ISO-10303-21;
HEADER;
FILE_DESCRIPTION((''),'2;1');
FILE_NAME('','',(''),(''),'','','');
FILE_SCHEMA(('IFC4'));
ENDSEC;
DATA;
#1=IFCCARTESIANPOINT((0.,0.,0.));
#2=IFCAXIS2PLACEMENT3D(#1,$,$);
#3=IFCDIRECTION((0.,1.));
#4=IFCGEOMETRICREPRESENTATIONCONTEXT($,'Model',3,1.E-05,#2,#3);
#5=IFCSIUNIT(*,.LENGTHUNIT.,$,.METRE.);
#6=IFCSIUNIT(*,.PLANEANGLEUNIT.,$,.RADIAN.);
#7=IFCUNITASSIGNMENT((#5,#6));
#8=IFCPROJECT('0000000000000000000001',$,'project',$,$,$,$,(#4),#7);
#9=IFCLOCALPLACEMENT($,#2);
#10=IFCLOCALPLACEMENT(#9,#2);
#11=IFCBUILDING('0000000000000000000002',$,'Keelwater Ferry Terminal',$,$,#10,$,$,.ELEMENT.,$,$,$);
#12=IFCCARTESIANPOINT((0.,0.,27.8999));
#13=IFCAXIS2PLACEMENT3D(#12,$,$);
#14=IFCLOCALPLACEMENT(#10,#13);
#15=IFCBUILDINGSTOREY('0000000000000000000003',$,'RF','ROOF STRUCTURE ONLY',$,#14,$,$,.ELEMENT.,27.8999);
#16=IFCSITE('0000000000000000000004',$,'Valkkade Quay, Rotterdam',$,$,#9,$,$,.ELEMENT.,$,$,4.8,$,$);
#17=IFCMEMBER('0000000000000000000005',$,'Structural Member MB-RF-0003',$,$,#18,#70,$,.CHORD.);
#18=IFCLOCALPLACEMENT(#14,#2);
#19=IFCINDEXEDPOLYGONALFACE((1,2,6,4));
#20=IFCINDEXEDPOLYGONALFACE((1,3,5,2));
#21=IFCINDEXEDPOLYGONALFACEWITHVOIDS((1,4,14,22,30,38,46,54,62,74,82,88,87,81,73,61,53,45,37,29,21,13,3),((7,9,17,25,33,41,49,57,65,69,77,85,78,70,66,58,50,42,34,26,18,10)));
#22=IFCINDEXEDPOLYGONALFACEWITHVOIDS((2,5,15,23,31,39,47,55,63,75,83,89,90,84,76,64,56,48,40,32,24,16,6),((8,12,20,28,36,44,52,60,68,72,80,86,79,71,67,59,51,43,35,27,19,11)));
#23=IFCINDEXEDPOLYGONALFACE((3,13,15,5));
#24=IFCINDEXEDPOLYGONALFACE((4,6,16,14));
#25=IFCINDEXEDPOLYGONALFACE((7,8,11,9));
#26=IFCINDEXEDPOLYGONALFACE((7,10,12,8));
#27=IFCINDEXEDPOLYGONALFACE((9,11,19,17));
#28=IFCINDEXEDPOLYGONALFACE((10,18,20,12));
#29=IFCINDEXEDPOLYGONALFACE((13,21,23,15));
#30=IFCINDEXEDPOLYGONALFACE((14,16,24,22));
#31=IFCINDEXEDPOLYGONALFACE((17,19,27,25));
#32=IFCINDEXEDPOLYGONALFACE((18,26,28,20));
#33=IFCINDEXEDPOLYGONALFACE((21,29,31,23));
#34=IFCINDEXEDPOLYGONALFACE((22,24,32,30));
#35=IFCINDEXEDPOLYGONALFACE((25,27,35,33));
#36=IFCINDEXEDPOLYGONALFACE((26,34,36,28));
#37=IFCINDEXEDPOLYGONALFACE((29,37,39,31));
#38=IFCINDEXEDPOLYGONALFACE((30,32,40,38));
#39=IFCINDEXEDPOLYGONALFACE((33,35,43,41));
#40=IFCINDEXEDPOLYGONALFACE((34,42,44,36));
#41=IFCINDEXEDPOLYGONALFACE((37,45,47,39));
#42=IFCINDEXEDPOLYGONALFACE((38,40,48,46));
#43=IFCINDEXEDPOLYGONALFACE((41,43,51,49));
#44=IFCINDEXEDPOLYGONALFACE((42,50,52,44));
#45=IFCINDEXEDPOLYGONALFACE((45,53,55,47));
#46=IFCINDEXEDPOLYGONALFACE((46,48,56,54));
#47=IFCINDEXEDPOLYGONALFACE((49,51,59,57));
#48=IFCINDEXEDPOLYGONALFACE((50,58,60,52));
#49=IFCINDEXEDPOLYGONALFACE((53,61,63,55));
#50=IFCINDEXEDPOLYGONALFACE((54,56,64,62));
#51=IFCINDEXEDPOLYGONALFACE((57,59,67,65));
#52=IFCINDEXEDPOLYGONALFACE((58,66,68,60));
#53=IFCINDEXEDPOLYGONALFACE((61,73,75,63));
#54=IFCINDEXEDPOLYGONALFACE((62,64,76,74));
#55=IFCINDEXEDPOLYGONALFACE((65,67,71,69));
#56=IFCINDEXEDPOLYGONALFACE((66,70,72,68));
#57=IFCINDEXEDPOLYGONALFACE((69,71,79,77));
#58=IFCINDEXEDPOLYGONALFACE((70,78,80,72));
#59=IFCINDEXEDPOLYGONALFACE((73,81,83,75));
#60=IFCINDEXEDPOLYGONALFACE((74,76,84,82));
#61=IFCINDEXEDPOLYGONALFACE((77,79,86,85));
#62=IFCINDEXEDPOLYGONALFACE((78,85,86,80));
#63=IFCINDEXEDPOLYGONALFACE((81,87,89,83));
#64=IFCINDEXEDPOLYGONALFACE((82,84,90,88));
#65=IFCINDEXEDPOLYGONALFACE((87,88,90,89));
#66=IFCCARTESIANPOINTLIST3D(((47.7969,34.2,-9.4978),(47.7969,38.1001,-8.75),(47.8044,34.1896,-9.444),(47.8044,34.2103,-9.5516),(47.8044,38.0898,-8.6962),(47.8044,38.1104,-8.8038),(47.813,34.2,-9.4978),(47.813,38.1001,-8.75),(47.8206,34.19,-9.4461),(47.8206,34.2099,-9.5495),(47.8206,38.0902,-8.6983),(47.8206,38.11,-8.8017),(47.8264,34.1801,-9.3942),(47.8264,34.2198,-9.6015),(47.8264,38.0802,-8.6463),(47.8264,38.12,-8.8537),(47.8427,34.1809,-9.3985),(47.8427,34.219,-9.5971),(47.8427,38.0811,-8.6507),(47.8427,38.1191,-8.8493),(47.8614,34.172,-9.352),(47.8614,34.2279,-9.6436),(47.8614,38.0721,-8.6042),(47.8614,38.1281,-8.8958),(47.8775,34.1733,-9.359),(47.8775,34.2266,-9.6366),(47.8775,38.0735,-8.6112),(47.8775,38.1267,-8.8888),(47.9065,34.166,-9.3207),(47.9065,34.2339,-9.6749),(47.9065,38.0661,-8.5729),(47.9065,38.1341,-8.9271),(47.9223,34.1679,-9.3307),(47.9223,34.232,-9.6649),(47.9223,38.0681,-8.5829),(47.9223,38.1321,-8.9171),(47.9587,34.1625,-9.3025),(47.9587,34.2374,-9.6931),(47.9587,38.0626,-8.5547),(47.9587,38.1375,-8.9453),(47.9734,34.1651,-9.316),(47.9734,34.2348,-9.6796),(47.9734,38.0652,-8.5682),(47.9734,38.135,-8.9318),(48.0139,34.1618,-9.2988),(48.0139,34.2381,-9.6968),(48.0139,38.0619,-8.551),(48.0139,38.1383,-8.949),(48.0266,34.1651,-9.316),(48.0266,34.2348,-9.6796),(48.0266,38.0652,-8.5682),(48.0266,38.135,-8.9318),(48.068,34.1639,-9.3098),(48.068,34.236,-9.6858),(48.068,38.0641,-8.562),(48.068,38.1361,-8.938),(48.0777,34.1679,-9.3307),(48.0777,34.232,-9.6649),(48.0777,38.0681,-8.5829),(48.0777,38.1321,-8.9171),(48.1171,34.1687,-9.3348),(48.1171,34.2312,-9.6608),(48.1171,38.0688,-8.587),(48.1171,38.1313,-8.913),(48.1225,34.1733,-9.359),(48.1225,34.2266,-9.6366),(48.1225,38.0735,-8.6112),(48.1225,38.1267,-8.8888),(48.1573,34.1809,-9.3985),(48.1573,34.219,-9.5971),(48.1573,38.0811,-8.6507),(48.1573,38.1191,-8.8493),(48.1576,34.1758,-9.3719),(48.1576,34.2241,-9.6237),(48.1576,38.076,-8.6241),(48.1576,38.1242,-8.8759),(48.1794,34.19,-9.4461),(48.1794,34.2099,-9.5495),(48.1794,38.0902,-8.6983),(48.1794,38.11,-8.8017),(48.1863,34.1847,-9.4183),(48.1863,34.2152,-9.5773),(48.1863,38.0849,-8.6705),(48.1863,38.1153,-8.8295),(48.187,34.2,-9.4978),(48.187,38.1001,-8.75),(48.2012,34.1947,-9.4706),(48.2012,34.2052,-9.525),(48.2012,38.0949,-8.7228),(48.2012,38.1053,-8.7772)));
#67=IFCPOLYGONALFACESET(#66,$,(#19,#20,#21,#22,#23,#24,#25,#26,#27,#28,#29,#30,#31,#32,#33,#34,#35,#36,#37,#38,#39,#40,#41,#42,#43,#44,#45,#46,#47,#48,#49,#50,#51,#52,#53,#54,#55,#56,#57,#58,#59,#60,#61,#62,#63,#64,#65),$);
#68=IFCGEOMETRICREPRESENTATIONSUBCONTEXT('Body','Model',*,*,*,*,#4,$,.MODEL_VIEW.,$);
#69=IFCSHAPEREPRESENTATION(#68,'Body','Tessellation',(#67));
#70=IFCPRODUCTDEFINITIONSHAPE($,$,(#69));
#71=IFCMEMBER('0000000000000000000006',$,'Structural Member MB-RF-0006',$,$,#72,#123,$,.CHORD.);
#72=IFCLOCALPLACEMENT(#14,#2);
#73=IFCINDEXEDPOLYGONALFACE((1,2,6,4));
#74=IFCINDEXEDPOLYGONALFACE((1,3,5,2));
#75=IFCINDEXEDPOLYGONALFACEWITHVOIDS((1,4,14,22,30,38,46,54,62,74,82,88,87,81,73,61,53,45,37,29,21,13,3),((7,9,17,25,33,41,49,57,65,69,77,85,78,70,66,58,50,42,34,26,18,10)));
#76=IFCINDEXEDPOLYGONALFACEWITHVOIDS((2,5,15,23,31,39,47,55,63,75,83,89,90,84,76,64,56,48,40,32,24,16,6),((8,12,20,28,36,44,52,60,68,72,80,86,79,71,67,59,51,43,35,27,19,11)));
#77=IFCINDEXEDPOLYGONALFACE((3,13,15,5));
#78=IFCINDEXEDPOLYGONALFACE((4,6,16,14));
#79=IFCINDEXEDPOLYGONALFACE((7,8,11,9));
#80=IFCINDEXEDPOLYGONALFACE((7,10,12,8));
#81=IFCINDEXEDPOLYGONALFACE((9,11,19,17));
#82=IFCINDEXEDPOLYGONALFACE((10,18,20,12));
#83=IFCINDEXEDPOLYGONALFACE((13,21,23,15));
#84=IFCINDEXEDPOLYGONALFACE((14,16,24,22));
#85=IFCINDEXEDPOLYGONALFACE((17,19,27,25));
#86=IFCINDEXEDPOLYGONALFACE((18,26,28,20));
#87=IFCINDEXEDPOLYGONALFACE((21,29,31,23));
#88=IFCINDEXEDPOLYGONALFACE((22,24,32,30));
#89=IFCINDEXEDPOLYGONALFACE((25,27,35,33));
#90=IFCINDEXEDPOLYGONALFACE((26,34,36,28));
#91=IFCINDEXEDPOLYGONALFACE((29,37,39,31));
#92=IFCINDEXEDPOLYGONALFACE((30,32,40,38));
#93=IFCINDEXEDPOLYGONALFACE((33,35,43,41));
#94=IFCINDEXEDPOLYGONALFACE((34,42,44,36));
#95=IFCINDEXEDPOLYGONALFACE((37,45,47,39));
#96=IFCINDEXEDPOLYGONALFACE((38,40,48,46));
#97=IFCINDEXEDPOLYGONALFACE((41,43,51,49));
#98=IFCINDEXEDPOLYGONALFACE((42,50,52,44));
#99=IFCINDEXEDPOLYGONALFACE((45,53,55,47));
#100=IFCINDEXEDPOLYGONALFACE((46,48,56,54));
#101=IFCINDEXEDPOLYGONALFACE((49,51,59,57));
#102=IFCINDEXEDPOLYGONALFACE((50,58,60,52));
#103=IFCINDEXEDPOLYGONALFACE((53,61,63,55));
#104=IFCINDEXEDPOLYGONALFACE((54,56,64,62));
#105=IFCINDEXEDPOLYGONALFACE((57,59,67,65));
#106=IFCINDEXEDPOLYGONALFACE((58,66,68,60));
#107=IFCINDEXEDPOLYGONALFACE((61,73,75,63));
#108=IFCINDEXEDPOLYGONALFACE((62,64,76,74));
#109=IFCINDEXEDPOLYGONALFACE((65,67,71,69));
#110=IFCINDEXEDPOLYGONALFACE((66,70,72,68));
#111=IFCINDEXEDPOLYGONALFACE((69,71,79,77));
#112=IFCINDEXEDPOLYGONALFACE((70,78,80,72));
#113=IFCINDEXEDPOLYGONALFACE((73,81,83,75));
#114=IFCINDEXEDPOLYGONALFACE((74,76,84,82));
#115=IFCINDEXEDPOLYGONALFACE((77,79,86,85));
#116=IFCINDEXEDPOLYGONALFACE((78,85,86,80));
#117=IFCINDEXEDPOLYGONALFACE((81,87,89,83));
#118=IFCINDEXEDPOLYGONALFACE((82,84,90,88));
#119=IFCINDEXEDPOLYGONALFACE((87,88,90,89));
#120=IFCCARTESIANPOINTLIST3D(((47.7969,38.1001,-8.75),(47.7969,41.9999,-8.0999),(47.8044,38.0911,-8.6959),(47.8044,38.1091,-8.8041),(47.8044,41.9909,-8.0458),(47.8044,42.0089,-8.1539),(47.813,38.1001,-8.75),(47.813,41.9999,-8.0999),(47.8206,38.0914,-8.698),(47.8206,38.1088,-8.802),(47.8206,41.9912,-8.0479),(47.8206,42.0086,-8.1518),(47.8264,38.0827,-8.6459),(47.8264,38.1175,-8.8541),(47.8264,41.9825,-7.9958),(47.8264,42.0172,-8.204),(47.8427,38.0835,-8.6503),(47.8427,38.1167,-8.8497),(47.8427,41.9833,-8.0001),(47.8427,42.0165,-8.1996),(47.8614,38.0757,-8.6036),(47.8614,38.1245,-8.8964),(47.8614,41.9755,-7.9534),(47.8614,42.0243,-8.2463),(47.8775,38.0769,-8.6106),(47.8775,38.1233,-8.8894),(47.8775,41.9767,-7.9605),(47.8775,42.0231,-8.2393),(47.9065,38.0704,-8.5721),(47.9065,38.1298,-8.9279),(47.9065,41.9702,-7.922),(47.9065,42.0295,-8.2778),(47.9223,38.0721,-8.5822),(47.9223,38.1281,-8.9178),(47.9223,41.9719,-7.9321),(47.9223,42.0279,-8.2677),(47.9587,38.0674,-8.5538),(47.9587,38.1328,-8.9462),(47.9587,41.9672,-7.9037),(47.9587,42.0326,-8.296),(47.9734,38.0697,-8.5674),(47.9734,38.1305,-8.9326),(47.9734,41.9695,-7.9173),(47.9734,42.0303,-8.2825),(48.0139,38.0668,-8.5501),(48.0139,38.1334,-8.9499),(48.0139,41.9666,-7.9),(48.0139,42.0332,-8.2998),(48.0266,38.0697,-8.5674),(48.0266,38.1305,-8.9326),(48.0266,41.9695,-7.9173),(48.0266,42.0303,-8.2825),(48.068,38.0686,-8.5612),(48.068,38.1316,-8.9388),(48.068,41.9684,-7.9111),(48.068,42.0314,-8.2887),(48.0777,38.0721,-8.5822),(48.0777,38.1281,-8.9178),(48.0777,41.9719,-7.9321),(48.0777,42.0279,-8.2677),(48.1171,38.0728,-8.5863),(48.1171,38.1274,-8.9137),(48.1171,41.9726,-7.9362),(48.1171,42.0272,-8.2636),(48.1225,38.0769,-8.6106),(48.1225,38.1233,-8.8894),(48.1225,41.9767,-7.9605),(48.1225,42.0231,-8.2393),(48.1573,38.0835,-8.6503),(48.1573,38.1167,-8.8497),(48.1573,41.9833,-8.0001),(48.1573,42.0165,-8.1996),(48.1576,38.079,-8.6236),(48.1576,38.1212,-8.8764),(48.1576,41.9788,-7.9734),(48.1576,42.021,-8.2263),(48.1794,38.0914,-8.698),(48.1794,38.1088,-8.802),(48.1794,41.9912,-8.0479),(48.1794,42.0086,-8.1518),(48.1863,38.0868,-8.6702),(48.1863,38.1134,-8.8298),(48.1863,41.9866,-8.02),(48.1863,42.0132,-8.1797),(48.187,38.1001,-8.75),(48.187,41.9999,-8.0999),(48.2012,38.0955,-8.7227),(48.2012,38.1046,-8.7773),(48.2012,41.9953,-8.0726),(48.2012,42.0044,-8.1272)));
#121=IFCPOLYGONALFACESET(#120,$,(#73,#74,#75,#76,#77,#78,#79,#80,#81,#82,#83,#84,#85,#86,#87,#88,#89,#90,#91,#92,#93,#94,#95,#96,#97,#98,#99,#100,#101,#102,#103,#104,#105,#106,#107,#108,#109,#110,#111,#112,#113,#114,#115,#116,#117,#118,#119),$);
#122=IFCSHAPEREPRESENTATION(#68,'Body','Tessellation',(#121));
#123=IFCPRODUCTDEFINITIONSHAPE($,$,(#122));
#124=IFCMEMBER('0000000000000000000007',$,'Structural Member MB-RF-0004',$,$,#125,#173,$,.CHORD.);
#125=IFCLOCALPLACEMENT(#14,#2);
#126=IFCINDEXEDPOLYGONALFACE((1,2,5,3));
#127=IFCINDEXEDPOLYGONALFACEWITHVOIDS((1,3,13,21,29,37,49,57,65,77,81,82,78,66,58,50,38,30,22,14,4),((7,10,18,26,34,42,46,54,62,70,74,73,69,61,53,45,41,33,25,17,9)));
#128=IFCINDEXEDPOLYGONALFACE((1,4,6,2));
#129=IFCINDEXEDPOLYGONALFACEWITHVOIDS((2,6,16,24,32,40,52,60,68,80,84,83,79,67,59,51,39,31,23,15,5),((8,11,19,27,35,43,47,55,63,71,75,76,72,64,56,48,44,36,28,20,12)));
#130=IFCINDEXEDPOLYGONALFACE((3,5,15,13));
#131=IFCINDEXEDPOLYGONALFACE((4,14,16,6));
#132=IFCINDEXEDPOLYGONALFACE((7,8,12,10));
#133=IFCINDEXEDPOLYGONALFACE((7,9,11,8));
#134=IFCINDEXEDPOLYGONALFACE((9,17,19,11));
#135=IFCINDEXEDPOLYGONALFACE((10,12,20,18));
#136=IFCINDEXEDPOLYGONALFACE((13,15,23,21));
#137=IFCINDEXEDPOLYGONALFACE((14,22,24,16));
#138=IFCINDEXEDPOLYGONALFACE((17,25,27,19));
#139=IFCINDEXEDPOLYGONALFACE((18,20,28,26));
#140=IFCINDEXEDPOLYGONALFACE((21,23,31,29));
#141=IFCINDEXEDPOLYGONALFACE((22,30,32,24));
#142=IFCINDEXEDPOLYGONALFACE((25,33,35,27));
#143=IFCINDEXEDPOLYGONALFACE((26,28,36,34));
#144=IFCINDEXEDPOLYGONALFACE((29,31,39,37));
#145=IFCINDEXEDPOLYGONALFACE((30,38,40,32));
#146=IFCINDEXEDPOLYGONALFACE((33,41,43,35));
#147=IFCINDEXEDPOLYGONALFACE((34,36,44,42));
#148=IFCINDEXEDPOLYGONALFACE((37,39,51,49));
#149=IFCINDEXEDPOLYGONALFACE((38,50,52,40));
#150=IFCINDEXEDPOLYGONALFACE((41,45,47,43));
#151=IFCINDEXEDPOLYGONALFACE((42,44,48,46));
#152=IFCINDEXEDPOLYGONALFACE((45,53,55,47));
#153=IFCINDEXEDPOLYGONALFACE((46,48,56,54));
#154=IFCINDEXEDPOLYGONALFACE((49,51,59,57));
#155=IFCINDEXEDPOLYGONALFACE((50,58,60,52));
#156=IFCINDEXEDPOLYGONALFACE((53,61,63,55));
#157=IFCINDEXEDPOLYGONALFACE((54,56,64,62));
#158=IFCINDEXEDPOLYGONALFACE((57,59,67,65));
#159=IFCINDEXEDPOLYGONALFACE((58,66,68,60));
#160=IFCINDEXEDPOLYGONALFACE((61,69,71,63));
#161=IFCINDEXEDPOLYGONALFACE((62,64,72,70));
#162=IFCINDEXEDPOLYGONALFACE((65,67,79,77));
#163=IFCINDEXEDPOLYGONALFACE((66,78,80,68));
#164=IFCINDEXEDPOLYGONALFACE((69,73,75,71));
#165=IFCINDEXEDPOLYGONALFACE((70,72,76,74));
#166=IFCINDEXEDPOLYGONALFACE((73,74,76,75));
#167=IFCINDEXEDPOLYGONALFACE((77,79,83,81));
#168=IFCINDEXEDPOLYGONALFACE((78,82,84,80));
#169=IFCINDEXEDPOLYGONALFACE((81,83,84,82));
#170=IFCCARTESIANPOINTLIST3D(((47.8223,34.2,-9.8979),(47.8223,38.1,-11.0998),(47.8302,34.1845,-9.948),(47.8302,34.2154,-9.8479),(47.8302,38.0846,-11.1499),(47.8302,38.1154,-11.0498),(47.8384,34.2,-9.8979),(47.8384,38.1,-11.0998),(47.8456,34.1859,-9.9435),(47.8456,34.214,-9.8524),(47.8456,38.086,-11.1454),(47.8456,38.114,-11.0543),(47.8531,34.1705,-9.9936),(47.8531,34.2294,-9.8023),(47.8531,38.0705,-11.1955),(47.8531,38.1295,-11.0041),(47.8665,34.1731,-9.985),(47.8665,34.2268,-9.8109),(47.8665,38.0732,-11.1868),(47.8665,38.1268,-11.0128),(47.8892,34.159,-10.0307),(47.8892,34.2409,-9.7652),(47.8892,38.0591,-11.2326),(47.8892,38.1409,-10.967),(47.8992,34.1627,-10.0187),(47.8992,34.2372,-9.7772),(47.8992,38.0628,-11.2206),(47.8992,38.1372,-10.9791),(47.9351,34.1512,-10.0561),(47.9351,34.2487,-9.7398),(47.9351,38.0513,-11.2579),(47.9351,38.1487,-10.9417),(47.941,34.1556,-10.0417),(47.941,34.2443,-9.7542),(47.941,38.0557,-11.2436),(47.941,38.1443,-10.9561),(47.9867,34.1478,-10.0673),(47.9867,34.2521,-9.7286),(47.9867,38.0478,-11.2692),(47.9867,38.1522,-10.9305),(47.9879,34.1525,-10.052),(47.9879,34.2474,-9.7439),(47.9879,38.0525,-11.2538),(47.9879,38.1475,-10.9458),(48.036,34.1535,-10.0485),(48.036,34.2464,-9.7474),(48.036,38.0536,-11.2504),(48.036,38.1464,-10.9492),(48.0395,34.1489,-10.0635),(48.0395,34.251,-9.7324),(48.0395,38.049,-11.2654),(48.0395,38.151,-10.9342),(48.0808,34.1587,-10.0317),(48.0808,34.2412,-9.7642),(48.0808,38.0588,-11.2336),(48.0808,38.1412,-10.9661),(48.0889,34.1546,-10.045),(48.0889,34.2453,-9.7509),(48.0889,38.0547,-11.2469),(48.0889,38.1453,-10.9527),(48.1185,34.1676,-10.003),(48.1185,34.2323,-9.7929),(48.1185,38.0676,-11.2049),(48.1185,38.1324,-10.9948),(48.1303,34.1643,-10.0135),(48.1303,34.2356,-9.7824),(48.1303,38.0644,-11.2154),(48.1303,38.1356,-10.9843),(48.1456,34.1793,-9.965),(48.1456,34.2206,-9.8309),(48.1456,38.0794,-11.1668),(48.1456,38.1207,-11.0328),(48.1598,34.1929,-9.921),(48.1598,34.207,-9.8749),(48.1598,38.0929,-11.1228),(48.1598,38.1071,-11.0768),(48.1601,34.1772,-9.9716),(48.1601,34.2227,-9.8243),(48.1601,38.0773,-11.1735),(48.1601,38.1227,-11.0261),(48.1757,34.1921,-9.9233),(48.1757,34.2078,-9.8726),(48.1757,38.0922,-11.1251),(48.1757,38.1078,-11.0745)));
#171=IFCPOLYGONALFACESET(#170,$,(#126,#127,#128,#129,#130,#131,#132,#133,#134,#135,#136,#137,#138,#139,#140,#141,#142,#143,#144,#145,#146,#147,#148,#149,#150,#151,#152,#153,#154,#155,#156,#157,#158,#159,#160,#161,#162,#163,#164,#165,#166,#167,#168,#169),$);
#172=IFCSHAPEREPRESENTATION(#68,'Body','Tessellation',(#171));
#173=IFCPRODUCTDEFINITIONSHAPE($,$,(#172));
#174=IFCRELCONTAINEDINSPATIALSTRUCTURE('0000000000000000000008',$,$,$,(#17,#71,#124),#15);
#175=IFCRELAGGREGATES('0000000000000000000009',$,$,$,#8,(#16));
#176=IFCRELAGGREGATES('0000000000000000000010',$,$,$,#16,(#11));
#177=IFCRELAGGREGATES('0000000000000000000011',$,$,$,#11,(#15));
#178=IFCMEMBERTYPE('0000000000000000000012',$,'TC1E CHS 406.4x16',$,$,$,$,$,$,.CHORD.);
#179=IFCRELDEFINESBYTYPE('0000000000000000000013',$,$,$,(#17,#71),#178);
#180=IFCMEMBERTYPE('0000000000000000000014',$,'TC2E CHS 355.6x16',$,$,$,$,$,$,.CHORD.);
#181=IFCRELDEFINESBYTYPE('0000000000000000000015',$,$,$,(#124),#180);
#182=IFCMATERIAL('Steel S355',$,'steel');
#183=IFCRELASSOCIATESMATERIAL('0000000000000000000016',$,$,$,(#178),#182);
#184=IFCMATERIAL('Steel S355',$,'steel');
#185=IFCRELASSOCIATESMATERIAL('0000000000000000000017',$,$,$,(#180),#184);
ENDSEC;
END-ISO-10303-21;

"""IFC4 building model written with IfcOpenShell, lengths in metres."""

from ifc_helpers import new_model, si_unit, direction, frame, origin, origin_2d, place, context, subcontext, project, spatial, hollow_circle, extrude, material, material_profile, profile_set, type_object, element, save


model = new_model("IFC4")

# Units and contexts
model_context = context("Model", 3, precision=1e-05, world=origin(), true_north=direction((0.0, 1.0)))
body_context = subcontext(model_context, "Body", "Model", "MODEL_VIEW")
ifc_project = project(units=[si_unit("LENGTHUNIT", "METRE"), si_unit("PLANEANGLEUNIT", "RADIAN")], contexts=[model_context])

# Site, building, storey
site_placement = place(None, origin())
site = spatial("IfcSite", under=ifc_project, at=site_placement, Name="Valkkade Quay, Rotterdam", CompositionType="ELEMENT", RefElevation=4.8)
building_placement = place(site_placement, origin())
building = spatial("IfcBuilding", under=site, at=building_placement, Name="Keelwater Ferry Terminal", CompositionType="ELEMENT")
storey_placement = place(building_placement, frame((0.0, 0.0, 27.8999)))
storey = spatial("IfcBuildingStorey", under=building, at=storey_placement, Name="RF", Description="ROOF STRUCTURE ONLY", CompositionType="ELEMENT", Elevation=27.8999)

# Members
ifc_material_1 = material(Name="Steel S355", Category="steel")
ifc_material_profile_1 = material_profile(ifc_material_1, hollow_circle(Radius=0.2031, WallThickness=0.0161, at=origin_2d()), Name="CHS 406.4x16")
ifc_profile_set_1 = profile_set([ifc_material_profile_1], Name="Steel S355")
member_type_1 = type_object("IfcMemberType", Name="TC1E CHS 406.4x16", PredefinedType="CHORD", material=ifc_profile_set_1)
member_1_placement = place(storey_placement, frame((48.0, 34.2, -9.4978), z_axis=(0.0, 0.98211, 0.188307), x_axis=(-1.0, 0.0, 0.0)))
element("IfcMember", 1, at=member_1_placement, inside=storey, type_object=member_type_1, Name="Structural Member MB-RF-0003", PredefinedType="CHORD", context=body_context, shape_type="SweptSolid", body=[
    extrude(hollow_circle(Radius=0.2031, WallThickness=0.0161, at=origin_2d()), origin(), (0.0, 0.0, 1.0), 3.9712),
])
member_2_placement = place(storey_placement, frame((48.0, 38.1001, -8.75), z_axis=(0.0, 0.986387, 0.164439), x_axis=(-1.0, 0.0, 0.0)))
element("IfcMember", 2, at=member_2_placement, inside=storey, type_object=member_type_1, Name="Structural Member MB-RF-0006", PredefinedType="CHORD", context=body_context, shape_type="SweptSolid", body=[
    extrude(hollow_circle(Radius=0.2031, WallThickness=0.0161, at=origin_2d()), origin(), (0.0, 0.0, 1.0), 3.9536),
])
ifc_material_2 = material(Name="Steel S355", Category="steel")
ifc_material_profile_2 = material_profile(ifc_material_2, hollow_circle(Radius=0.1777, WallThickness=0.0161, at=origin_2d()), Name="CHS 355.6x16")
ifc_profile_set_2 = profile_set([ifc_material_profile_2], Name="Steel S355")
member_type_2 = type_object("IfcMemberType", Name="TC2E CHS 355.6x16", PredefinedType="CHORD", material=ifc_profile_set_2)
member_3_placement = place(storey_placement, frame((48.0, 34.2, -9.8979), z_axis=(0.0, 0.955651, -0.294502), x_axis=(-1.0, 0.0, 0.0)))
element("IfcMember", 3, at=member_3_placement, inside=storey, type_object=member_type_2, Name="Structural Member MB-RF-0004", PredefinedType="CHORD", context=body_context, shape_type="SweptSolid", body=[
    extrude(hollow_circle(Radius=0.1777, WallThickness=0.0161, at=origin_2d()), origin(), (0.0, 0.0, 1.0), 4.0811),
])

save(model, "model.ifc")
